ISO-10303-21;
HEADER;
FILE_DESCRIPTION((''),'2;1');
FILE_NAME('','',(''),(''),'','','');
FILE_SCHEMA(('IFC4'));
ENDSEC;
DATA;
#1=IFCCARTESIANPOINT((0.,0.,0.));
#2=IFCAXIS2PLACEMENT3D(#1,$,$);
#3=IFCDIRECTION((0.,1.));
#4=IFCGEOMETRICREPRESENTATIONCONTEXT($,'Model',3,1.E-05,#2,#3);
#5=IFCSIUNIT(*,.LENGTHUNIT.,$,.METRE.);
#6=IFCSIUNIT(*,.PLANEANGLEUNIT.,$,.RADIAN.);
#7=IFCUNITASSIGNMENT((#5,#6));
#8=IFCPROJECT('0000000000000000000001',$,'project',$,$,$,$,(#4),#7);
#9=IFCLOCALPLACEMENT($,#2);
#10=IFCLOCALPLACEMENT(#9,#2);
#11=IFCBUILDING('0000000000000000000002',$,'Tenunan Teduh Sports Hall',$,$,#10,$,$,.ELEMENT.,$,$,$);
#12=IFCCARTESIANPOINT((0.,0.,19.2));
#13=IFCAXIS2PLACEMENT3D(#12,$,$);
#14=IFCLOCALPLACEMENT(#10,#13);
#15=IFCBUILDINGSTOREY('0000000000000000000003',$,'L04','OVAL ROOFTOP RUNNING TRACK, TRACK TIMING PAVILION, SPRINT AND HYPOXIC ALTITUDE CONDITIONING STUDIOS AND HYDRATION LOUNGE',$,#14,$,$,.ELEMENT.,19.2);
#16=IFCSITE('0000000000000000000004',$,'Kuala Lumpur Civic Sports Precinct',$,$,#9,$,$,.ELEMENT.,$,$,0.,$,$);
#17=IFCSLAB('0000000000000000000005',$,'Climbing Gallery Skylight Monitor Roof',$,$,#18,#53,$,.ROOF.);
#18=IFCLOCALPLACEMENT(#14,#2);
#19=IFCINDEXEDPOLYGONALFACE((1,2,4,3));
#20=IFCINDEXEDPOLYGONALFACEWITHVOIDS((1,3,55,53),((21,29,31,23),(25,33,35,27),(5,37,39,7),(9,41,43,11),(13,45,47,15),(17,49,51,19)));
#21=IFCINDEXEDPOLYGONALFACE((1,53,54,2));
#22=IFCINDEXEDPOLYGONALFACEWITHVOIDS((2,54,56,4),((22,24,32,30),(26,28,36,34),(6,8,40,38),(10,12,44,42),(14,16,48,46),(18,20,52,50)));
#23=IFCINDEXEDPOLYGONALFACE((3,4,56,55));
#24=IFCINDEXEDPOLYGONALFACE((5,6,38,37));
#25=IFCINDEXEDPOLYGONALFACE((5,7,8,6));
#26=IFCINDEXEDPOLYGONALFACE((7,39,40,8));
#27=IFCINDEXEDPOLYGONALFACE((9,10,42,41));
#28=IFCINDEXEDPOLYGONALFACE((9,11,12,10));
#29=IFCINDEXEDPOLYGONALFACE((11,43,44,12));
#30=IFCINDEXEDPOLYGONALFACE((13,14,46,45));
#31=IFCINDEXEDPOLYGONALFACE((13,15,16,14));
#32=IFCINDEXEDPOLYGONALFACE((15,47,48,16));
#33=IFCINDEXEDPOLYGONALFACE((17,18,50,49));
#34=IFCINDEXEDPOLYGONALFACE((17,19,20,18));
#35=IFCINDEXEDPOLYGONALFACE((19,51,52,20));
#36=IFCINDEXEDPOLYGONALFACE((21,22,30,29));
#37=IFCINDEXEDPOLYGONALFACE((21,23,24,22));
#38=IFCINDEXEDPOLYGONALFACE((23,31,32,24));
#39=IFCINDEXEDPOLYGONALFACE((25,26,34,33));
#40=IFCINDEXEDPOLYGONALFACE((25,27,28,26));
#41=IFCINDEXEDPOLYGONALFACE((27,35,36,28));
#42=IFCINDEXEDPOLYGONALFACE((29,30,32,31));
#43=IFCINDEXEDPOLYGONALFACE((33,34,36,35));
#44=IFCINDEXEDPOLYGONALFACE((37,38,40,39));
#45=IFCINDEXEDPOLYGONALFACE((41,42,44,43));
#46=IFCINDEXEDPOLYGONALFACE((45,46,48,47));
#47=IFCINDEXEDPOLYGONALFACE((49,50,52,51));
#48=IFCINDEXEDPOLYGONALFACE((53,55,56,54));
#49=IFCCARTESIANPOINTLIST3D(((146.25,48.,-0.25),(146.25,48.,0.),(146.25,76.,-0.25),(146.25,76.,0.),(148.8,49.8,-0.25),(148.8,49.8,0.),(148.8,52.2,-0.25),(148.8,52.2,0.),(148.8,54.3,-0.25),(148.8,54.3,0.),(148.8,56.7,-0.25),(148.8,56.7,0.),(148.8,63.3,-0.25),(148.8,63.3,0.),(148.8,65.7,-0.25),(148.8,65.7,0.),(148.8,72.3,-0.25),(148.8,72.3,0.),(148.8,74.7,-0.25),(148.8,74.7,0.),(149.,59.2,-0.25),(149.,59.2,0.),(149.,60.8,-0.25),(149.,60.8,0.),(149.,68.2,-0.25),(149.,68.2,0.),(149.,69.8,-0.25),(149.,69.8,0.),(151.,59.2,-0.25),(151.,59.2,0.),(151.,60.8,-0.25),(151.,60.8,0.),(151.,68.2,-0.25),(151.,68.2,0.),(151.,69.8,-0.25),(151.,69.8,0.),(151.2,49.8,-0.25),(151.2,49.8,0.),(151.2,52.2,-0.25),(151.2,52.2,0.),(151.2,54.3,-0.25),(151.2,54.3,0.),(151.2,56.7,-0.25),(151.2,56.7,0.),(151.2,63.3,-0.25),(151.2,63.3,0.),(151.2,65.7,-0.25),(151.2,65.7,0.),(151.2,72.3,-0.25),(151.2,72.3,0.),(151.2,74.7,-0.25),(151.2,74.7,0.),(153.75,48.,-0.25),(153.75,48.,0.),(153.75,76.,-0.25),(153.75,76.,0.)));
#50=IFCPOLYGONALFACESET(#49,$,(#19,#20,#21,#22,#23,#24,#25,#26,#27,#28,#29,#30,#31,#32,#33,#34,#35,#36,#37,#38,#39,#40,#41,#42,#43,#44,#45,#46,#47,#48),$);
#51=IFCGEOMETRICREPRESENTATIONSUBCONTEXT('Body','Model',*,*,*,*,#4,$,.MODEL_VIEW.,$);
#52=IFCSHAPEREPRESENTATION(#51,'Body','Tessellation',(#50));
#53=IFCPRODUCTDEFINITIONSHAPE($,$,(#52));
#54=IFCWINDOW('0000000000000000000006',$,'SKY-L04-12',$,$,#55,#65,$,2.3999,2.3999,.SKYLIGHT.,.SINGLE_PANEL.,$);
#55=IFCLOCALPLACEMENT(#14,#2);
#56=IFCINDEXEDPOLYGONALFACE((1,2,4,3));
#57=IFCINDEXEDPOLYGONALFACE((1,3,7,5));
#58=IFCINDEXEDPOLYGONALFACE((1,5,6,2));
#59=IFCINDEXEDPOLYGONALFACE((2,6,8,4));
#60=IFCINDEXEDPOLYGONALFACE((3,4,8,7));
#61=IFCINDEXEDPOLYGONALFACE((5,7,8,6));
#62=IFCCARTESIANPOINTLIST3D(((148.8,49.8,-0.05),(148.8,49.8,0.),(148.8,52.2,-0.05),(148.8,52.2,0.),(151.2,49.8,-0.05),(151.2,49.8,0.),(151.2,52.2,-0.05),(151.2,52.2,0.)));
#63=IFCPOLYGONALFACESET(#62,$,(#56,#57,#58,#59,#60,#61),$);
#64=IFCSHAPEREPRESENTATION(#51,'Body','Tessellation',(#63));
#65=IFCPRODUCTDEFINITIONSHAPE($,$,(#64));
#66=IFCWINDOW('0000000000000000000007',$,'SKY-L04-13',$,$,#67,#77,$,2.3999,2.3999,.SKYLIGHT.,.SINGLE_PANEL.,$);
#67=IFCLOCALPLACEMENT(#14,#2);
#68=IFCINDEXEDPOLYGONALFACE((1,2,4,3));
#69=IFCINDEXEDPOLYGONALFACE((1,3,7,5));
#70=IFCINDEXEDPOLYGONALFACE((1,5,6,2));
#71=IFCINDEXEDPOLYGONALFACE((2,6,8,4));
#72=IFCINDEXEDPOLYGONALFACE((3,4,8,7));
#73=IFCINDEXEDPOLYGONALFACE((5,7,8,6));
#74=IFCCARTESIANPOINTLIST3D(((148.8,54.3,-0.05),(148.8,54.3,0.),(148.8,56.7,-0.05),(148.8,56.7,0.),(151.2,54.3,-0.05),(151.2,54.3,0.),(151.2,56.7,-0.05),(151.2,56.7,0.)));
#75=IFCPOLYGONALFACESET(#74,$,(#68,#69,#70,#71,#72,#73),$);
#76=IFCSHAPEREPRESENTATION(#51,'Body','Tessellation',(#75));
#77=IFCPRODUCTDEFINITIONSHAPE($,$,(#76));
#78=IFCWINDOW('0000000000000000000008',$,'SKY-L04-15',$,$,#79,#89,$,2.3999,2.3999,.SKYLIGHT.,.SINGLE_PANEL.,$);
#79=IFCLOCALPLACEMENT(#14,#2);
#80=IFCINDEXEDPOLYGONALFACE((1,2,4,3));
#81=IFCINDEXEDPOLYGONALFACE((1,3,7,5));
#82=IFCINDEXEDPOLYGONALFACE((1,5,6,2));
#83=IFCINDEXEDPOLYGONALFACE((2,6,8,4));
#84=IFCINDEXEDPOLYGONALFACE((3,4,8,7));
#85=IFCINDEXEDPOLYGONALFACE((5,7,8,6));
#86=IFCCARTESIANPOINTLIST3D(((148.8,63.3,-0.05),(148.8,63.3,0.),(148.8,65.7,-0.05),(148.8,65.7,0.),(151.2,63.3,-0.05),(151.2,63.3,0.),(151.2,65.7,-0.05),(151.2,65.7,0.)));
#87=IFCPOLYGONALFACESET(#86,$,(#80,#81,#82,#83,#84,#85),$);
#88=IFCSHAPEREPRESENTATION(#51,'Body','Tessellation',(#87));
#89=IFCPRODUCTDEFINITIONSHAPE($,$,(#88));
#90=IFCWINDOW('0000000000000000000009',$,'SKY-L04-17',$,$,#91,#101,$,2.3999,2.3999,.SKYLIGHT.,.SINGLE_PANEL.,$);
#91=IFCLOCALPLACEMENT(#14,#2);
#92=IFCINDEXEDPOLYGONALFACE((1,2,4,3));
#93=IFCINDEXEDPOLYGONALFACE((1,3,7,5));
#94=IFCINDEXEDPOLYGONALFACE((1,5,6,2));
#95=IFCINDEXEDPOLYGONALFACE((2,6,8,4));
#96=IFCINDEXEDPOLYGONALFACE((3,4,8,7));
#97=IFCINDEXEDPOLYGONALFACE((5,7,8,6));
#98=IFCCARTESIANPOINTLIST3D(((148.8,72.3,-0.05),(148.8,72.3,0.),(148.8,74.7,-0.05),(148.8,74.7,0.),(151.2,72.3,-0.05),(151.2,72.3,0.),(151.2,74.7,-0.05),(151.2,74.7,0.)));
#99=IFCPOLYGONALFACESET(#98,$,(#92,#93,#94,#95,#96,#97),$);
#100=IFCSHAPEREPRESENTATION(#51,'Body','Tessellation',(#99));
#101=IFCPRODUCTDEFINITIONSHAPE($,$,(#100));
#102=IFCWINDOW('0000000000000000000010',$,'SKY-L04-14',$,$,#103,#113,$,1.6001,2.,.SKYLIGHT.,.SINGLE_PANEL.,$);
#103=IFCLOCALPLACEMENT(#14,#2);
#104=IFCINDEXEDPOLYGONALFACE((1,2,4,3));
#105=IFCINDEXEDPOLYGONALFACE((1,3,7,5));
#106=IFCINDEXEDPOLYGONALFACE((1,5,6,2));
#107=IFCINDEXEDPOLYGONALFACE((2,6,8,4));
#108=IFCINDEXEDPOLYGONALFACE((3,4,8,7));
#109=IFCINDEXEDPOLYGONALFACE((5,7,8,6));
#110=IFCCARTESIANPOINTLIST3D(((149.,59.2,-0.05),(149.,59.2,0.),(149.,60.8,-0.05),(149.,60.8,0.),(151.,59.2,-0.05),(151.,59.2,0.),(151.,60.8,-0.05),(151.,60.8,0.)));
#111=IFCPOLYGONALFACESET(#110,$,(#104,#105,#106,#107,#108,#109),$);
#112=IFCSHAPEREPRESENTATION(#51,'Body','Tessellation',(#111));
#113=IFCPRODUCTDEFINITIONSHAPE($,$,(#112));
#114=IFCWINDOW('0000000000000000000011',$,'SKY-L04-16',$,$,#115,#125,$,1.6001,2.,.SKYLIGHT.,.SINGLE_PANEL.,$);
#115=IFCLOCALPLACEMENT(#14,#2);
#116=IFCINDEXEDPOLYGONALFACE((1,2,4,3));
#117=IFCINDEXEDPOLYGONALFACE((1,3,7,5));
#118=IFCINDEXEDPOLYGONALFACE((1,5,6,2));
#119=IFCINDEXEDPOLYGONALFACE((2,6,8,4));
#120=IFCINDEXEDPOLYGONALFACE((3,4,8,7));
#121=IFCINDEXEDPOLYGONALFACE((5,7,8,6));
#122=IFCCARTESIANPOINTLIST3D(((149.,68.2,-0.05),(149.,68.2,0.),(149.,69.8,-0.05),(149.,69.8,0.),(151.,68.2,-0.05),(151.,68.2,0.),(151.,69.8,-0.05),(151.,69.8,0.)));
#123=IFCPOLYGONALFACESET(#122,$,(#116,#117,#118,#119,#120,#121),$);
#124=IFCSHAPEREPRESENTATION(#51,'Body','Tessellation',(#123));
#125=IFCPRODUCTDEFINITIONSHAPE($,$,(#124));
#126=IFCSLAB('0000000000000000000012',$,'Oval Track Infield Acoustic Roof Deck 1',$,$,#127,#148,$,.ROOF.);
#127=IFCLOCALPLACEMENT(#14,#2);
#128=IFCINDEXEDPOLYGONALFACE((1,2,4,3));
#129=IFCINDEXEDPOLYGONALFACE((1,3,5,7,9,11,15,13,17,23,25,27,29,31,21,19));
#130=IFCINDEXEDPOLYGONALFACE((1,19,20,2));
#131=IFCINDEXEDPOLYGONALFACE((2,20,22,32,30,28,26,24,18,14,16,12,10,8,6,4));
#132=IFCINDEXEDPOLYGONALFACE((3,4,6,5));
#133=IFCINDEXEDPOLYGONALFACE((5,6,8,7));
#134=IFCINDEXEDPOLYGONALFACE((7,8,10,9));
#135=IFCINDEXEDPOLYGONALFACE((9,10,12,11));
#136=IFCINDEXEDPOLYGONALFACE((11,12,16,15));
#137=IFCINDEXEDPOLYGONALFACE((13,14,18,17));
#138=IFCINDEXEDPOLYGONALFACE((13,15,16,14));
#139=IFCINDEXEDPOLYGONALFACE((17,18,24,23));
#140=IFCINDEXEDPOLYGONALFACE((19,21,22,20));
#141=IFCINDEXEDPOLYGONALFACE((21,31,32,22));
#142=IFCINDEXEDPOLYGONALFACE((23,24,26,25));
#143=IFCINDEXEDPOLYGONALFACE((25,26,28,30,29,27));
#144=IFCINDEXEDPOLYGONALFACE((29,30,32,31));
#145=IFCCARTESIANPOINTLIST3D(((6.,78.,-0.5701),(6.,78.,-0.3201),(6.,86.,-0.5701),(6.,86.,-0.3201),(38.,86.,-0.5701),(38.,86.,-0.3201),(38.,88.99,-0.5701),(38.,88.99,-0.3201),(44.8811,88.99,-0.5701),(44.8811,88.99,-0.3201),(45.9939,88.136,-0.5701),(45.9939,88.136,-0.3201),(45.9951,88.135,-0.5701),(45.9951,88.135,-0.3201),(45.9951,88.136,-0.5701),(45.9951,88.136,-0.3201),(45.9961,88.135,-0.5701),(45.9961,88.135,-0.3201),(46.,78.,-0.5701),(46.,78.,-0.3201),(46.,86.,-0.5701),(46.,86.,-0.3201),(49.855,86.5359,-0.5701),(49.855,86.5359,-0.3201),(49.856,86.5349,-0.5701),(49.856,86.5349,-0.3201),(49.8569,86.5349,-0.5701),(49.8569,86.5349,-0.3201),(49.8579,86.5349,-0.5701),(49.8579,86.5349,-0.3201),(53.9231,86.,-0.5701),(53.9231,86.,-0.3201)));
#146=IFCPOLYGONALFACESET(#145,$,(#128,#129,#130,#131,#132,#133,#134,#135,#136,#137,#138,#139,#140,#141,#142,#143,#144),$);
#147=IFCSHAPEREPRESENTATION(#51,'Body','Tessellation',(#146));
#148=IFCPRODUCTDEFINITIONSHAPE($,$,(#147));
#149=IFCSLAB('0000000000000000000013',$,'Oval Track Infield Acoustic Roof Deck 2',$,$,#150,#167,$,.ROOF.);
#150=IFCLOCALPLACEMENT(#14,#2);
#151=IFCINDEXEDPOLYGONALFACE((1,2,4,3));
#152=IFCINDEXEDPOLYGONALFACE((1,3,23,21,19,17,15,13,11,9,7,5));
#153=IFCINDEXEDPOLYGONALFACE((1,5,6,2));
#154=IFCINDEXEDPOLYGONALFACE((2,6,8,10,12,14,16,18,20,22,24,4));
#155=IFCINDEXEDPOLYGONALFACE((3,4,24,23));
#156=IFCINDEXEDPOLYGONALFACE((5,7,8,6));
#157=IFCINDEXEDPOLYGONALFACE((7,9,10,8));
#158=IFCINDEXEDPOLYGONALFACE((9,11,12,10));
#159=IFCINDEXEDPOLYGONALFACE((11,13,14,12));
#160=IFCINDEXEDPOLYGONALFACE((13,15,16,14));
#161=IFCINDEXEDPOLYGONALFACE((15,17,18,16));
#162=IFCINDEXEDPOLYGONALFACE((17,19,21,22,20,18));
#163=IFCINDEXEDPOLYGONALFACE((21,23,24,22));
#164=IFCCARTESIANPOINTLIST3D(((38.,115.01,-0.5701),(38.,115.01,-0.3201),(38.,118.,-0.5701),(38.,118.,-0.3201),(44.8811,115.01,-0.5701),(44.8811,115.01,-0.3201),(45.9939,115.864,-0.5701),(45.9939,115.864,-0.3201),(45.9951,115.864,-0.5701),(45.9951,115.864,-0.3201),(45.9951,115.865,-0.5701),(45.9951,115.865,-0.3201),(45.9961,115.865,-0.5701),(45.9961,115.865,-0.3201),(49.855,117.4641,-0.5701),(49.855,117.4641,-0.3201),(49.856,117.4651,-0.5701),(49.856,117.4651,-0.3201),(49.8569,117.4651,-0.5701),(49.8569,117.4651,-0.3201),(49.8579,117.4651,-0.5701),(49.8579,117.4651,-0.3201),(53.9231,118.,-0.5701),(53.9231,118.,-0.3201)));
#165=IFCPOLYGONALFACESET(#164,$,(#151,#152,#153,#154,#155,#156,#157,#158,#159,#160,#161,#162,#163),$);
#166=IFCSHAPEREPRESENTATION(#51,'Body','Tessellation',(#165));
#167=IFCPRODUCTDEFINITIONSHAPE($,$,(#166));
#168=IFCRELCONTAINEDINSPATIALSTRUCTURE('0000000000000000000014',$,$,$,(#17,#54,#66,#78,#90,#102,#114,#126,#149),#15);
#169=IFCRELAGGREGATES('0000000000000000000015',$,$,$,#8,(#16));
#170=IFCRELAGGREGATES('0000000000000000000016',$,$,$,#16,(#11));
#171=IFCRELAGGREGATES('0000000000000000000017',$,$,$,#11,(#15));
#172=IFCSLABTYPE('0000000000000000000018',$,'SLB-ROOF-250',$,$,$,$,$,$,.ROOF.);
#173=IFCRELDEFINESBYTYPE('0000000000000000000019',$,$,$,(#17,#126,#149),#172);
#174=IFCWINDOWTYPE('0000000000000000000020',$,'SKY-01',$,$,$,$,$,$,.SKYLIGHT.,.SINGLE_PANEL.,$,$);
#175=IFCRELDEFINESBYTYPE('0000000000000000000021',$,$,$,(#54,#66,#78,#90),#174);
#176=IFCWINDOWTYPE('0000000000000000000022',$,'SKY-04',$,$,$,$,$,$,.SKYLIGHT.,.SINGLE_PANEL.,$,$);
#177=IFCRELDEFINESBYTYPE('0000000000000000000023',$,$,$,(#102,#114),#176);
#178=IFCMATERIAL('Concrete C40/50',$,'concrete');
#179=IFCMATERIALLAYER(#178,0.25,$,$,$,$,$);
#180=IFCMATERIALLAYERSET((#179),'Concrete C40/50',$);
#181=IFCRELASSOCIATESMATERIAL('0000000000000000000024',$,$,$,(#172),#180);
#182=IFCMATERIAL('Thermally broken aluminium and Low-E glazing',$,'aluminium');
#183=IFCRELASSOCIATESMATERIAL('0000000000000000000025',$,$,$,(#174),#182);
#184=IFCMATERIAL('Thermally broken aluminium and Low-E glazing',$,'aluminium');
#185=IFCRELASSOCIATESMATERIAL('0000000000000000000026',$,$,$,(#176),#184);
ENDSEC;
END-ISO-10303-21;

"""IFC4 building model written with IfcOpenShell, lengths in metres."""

from ifc_helpers import new_model, si_unit, direction, frame, origin, origin_2d, place, context, subcontext, project, spatial, polyline, rectangle, outline, extrude, material, layer, layer_set, type_object, element, fill, save


model = new_model("IFC4")

# Units and contexts
model_context = context("Model", 3, precision=1e-05, world=origin(), true_north=direction((0.0, 1.0)))
body_context = subcontext(model_context, "Body", "Model", "MODEL_VIEW")
ifc_project = project(units=[si_unit("LENGTHUNIT", "METRE"), si_unit("PLANEANGLEUNIT", "RADIAN")], contexts=[model_context])

# Site, building, storey
site_placement = place(None, origin())
site = spatial("IfcSite", under=ifc_project, at=site_placement, Name="Kuala Lumpur Civic Sports Precinct", CompositionType="ELEMENT", RefElevation=0.0)
building_placement = place(site_placement, origin())
building = spatial("IfcBuilding", under=site, at=building_placement, Name="Tenunan Teduh Sports Hall", CompositionType="ELEMENT")
storey_placement = place(building_placement, frame((0.0, 0.0, 19.2)))
storey = spatial("IfcBuildingStorey", under=building, at=storey_placement, Name="L04", Description="OVAL ROOFTOP RUNNING TRACK, TRACK TIMING PAVILION, SPRINT AND HYPOXIC ALTITUDE CONDITIONING STUDIOS AND HYDRATION LOUNGE", CompositionType="ELEMENT", Elevation=19.2)

# Slab, openings, windows
ifc_material_1 = material(Name="Concrete C40/50", Category="concrete")
ifc_layer_1 = layer(ifc_material_1, 0.25)
ifc_layer_set_1 = layer_set([ifc_layer_1], Name="Concrete C40/50")
slab_type_1 = type_object("IfcSlabType", Name="SLB-ROOF-250", PredefinedType="ROOF", material=ifc_layer_set_1)
slab_1_placement = place(storey_placement, frame((0.0, 0.0, -0.25)))
slab_1 = element("IfcSlab", 1, at=slab_1_placement, inside=storey, type_object=slab_type_1, Name="Climbing Gallery Skylight Monitor Roof", PredefinedType="ROOF", context=body_context, shape_type="SweptSolid", body=[
    extrude(outline(polyline([(146.25, 48.0), (153.75, 48.0), (153.75, 76.0), (146.25, 76.0), (146.25, 48.0)])), origin(), (0.0, 0.0, 1.0), 0.25),
])
opening_1_placement = place(slab_1_placement, frame((150.0, 51.0, 0.0)))
opening_1 = element("IfcOpeningElement", 2, at=opening_1_placement, cuts=slab_1, PredefinedType="OPENING", context=body_context, shape_type="SweptSolid", body=[
    extrude(rectangle(XDim=2.3999, YDim=2.3999, at=origin_2d()), origin(), (0.0, 0.0, 1.0), 0.25),
])
opening_2_placement = place(slab_1_placement, frame((150.0, 55.5, 0.0)))
opening_2 = element("IfcOpeningElement", 3, at=opening_2_placement, cuts=slab_1, PredefinedType="OPENING", context=body_context, shape_type="SweptSolid", body=[
    extrude(rectangle(XDim=2.3999, YDim=2.3999, at=origin_2d()), origin(), (0.0, 0.0, 1.0), 0.25),
])
opening_3_placement = place(slab_1_placement, frame((150.0, 60.0, 0.0)))
opening_3 = element("IfcOpeningElement", 4, at=opening_3_placement, cuts=slab_1, PredefinedType="OPENING", context=body_context, shape_type="SweptSolid", body=[
    extrude(rectangle(XDim=2.0, YDim=1.6001, at=origin_2d()), origin(), (0.0, 0.0, 1.0), 0.25),
])
opening_4_placement = place(slab_1_placement, frame((150.0, 64.5, 0.0)))
opening_4 = element("IfcOpeningElement", 5, at=opening_4_placement, cuts=slab_1, PredefinedType="OPENING", context=body_context, shape_type="SweptSolid", body=[
    extrude(rectangle(XDim=2.3999, YDim=2.3999, at=origin_2d()), origin(), (0.0, 0.0, 1.0), 0.25),
])
opening_5_placement = place(slab_1_placement, frame((150.0, 69.0, 0.0)))
opening_5 = element("IfcOpeningElement", 6, at=opening_5_placement, cuts=slab_1, PredefinedType="OPENING", context=body_context, shape_type="SweptSolid", body=[
    extrude(rectangle(XDim=2.0, YDim=1.6001, at=origin_2d()), origin(), (0.0, 0.0, 1.0), 0.25),
])
opening_6_placement = place(slab_1_placement, frame((150.0, 73.5, 0.0)))
opening_6 = element("IfcOpeningElement", 7, at=opening_6_placement, cuts=slab_1, PredefinedType="OPENING", context=body_context, shape_type="SweptSolid", body=[
    extrude(rectangle(XDim=2.3999, YDim=2.3999, at=origin_2d()), origin(), (0.0, 0.0, 1.0), 0.25),
])
ifc_material_2 = material(Name="Thermally broken aluminium and Low-E glazing", Category="aluminium")
window_type_1 = type_object("IfcWindowType", Name="SKY-01", PartitioningType="SINGLE_PANEL", PredefinedType="SKYLIGHT", material=ifc_material_2)
window_1_placement = place(opening_1_placement, frame((0.0, 0.0, 0.2)))
window_1 = element("IfcWindow", 8, at=window_1_placement, inside=storey, type_object=window_type_1, Name="SKY-L04-12", OverallHeight=2.3999, OverallWidth=2.3999, PartitioningType="SINGLE_PANEL", PredefinedType="SKYLIGHT", context=body_context, shape_type="SweptSolid", body=[
    extrude(rectangle(XDim=2.3999, YDim=2.3999, at=origin_2d()), origin(), (0.0, 0.0, 1.0), 0.05),
])
fill(opening_1, window_1)
window_2_placement = place(opening_2_placement, frame((0.0, 0.0, 0.2)))
window_2 = element("IfcWindow", 9, at=window_2_placement, inside=storey, type_object=window_type_1, Name="SKY-L04-13", OverallHeight=2.3999, OverallWidth=2.3999, PartitioningType="SINGLE_PANEL", PredefinedType="SKYLIGHT", context=body_context, shape_type="SweptSolid", body=[
    extrude(rectangle(XDim=2.3999, YDim=2.3999, at=origin_2d()), origin(), (0.0, 0.0, 1.0), 0.05),
])
fill(opening_2, window_2)
window_3_placement = place(opening_4_placement, frame((0.0, 0.0, 0.2)))
window_3 = element("IfcWindow", 10, at=window_3_placement, inside=storey, type_object=window_type_1, Name="SKY-L04-15", OverallHeight=2.3999, OverallWidth=2.3999, PartitioningType="SINGLE_PANEL", PredefinedType="SKYLIGHT", context=body_context, shape_type="SweptSolid", body=[
    extrude(rectangle(XDim=2.3999, YDim=2.3999, at=origin_2d()), origin(), (0.0, 0.0, 1.0), 0.05),
])
fill(opening_4, window_3)
window_4_placement = place(opening_6_placement, frame((0.0, 0.0, 0.2)))
window_4 = element("IfcWindow", 11, at=window_4_placement, inside=storey, type_object=window_type_1, Name="SKY-L04-17", OverallHeight=2.3999, OverallWidth=2.3999, PartitioningType="SINGLE_PANEL", PredefinedType="SKYLIGHT", context=body_context, shape_type="SweptSolid", body=[
    extrude(rectangle(XDim=2.3999, YDim=2.3999, at=origin_2d()), origin(), (0.0, 0.0, 1.0), 0.05),
])
fill(opening_6, window_4)
ifc_material_3 = material(Name="Thermally broken aluminium and Low-E glazing", Category="aluminium")
window_type_2 = type_object("IfcWindowType", Name="SKY-04", PartitioningType="SINGLE_PANEL", PredefinedType="SKYLIGHT", material=ifc_material_3)
window_5_placement = place(opening_3_placement, frame((0.0, 0.0, 0.2)))
window_5 = element("IfcWindow", 12, at=window_5_placement, inside=storey, type_object=window_type_2, Name="SKY-L04-14", OverallHeight=1.6001, OverallWidth=2.0, PartitioningType="SINGLE_PANEL", PredefinedType="SKYLIGHT", context=body_context, shape_type="SweptSolid", body=[
    extrude(rectangle(XDim=2.0, YDim=1.6001, at=origin_2d()), origin(), (0.0, 0.0, 1.0), 0.05),
])
fill(opening_3, window_5)
window_6_placement = place(opening_5_placement, frame((0.0, 0.0, 0.2)))
window_6 = element("IfcWindow", 13, at=window_6_placement, inside=storey, type_object=window_type_2, Name="SKY-L04-16", OverallHeight=1.6001, OverallWidth=2.0, PartitioningType="SINGLE_PANEL", PredefinedType="SKYLIGHT", context=body_context, shape_type="SweptSolid", body=[
    extrude(rectangle(XDim=2.0, YDim=1.6001, at=origin_2d()), origin(), (0.0, 0.0, 1.0), 0.05),
])
fill(opening_5, window_6)

# Slabs
slab_2_placement = place(storey_placement, frame((0.0, 0.0, -0.5701)))
element("IfcSlab", 14, at=slab_2_placement, inside=storey, type_object=slab_type_1, Name="Oval Track Infield Acoustic Roof Deck 1", PredefinedType="ROOF", context=body_context, shape_type="SweptSolid", body=[
    extrude(outline(polyline([(46.0, 78.0), (6.0, 78.0), (6.0, 86.0), (38.0, 86.0), (38.0, 88.99), (44.8811, 88.99), (45.9939, 88.136), (45.9951, 88.136), (45.9951, 88.135), (45.9961, 88.135), (49.855, 86.5359), (49.856, 86.5349), (49.8569, 86.5349), (49.8579, 86.5349), (53.9231, 86.0), (46.0, 86.0), (46.0, 78.0)])), origin(), (0.0, 0.0, 1.0), 0.25),
])
slab_3_placement = place(storey_placement, frame((0.0, 0.0, -0.5701)))
element("IfcSlab", 15, at=slab_3_placement, inside=storey, type_object=slab_type_1, Name="Oval Track Infield Acoustic Roof Deck 2", PredefinedType="ROOF", context=body_context, shape_type="SweptSolid", body=[
    extrude(outline(polyline([(53.9231, 118.0), (49.8579, 117.4651), (49.8569, 117.4651), (49.856, 117.4651), (49.855, 117.4641), (45.9961, 115.865), (45.9951, 115.865), (45.9951, 115.864), (45.9939, 115.864), (44.8811, 115.01), (38.0, 115.01), (38.0, 118.0), (53.9231, 118.0)])), origin(), (0.0, 0.0, 1.0), 0.25),
])

save(model, "model.ifc")
